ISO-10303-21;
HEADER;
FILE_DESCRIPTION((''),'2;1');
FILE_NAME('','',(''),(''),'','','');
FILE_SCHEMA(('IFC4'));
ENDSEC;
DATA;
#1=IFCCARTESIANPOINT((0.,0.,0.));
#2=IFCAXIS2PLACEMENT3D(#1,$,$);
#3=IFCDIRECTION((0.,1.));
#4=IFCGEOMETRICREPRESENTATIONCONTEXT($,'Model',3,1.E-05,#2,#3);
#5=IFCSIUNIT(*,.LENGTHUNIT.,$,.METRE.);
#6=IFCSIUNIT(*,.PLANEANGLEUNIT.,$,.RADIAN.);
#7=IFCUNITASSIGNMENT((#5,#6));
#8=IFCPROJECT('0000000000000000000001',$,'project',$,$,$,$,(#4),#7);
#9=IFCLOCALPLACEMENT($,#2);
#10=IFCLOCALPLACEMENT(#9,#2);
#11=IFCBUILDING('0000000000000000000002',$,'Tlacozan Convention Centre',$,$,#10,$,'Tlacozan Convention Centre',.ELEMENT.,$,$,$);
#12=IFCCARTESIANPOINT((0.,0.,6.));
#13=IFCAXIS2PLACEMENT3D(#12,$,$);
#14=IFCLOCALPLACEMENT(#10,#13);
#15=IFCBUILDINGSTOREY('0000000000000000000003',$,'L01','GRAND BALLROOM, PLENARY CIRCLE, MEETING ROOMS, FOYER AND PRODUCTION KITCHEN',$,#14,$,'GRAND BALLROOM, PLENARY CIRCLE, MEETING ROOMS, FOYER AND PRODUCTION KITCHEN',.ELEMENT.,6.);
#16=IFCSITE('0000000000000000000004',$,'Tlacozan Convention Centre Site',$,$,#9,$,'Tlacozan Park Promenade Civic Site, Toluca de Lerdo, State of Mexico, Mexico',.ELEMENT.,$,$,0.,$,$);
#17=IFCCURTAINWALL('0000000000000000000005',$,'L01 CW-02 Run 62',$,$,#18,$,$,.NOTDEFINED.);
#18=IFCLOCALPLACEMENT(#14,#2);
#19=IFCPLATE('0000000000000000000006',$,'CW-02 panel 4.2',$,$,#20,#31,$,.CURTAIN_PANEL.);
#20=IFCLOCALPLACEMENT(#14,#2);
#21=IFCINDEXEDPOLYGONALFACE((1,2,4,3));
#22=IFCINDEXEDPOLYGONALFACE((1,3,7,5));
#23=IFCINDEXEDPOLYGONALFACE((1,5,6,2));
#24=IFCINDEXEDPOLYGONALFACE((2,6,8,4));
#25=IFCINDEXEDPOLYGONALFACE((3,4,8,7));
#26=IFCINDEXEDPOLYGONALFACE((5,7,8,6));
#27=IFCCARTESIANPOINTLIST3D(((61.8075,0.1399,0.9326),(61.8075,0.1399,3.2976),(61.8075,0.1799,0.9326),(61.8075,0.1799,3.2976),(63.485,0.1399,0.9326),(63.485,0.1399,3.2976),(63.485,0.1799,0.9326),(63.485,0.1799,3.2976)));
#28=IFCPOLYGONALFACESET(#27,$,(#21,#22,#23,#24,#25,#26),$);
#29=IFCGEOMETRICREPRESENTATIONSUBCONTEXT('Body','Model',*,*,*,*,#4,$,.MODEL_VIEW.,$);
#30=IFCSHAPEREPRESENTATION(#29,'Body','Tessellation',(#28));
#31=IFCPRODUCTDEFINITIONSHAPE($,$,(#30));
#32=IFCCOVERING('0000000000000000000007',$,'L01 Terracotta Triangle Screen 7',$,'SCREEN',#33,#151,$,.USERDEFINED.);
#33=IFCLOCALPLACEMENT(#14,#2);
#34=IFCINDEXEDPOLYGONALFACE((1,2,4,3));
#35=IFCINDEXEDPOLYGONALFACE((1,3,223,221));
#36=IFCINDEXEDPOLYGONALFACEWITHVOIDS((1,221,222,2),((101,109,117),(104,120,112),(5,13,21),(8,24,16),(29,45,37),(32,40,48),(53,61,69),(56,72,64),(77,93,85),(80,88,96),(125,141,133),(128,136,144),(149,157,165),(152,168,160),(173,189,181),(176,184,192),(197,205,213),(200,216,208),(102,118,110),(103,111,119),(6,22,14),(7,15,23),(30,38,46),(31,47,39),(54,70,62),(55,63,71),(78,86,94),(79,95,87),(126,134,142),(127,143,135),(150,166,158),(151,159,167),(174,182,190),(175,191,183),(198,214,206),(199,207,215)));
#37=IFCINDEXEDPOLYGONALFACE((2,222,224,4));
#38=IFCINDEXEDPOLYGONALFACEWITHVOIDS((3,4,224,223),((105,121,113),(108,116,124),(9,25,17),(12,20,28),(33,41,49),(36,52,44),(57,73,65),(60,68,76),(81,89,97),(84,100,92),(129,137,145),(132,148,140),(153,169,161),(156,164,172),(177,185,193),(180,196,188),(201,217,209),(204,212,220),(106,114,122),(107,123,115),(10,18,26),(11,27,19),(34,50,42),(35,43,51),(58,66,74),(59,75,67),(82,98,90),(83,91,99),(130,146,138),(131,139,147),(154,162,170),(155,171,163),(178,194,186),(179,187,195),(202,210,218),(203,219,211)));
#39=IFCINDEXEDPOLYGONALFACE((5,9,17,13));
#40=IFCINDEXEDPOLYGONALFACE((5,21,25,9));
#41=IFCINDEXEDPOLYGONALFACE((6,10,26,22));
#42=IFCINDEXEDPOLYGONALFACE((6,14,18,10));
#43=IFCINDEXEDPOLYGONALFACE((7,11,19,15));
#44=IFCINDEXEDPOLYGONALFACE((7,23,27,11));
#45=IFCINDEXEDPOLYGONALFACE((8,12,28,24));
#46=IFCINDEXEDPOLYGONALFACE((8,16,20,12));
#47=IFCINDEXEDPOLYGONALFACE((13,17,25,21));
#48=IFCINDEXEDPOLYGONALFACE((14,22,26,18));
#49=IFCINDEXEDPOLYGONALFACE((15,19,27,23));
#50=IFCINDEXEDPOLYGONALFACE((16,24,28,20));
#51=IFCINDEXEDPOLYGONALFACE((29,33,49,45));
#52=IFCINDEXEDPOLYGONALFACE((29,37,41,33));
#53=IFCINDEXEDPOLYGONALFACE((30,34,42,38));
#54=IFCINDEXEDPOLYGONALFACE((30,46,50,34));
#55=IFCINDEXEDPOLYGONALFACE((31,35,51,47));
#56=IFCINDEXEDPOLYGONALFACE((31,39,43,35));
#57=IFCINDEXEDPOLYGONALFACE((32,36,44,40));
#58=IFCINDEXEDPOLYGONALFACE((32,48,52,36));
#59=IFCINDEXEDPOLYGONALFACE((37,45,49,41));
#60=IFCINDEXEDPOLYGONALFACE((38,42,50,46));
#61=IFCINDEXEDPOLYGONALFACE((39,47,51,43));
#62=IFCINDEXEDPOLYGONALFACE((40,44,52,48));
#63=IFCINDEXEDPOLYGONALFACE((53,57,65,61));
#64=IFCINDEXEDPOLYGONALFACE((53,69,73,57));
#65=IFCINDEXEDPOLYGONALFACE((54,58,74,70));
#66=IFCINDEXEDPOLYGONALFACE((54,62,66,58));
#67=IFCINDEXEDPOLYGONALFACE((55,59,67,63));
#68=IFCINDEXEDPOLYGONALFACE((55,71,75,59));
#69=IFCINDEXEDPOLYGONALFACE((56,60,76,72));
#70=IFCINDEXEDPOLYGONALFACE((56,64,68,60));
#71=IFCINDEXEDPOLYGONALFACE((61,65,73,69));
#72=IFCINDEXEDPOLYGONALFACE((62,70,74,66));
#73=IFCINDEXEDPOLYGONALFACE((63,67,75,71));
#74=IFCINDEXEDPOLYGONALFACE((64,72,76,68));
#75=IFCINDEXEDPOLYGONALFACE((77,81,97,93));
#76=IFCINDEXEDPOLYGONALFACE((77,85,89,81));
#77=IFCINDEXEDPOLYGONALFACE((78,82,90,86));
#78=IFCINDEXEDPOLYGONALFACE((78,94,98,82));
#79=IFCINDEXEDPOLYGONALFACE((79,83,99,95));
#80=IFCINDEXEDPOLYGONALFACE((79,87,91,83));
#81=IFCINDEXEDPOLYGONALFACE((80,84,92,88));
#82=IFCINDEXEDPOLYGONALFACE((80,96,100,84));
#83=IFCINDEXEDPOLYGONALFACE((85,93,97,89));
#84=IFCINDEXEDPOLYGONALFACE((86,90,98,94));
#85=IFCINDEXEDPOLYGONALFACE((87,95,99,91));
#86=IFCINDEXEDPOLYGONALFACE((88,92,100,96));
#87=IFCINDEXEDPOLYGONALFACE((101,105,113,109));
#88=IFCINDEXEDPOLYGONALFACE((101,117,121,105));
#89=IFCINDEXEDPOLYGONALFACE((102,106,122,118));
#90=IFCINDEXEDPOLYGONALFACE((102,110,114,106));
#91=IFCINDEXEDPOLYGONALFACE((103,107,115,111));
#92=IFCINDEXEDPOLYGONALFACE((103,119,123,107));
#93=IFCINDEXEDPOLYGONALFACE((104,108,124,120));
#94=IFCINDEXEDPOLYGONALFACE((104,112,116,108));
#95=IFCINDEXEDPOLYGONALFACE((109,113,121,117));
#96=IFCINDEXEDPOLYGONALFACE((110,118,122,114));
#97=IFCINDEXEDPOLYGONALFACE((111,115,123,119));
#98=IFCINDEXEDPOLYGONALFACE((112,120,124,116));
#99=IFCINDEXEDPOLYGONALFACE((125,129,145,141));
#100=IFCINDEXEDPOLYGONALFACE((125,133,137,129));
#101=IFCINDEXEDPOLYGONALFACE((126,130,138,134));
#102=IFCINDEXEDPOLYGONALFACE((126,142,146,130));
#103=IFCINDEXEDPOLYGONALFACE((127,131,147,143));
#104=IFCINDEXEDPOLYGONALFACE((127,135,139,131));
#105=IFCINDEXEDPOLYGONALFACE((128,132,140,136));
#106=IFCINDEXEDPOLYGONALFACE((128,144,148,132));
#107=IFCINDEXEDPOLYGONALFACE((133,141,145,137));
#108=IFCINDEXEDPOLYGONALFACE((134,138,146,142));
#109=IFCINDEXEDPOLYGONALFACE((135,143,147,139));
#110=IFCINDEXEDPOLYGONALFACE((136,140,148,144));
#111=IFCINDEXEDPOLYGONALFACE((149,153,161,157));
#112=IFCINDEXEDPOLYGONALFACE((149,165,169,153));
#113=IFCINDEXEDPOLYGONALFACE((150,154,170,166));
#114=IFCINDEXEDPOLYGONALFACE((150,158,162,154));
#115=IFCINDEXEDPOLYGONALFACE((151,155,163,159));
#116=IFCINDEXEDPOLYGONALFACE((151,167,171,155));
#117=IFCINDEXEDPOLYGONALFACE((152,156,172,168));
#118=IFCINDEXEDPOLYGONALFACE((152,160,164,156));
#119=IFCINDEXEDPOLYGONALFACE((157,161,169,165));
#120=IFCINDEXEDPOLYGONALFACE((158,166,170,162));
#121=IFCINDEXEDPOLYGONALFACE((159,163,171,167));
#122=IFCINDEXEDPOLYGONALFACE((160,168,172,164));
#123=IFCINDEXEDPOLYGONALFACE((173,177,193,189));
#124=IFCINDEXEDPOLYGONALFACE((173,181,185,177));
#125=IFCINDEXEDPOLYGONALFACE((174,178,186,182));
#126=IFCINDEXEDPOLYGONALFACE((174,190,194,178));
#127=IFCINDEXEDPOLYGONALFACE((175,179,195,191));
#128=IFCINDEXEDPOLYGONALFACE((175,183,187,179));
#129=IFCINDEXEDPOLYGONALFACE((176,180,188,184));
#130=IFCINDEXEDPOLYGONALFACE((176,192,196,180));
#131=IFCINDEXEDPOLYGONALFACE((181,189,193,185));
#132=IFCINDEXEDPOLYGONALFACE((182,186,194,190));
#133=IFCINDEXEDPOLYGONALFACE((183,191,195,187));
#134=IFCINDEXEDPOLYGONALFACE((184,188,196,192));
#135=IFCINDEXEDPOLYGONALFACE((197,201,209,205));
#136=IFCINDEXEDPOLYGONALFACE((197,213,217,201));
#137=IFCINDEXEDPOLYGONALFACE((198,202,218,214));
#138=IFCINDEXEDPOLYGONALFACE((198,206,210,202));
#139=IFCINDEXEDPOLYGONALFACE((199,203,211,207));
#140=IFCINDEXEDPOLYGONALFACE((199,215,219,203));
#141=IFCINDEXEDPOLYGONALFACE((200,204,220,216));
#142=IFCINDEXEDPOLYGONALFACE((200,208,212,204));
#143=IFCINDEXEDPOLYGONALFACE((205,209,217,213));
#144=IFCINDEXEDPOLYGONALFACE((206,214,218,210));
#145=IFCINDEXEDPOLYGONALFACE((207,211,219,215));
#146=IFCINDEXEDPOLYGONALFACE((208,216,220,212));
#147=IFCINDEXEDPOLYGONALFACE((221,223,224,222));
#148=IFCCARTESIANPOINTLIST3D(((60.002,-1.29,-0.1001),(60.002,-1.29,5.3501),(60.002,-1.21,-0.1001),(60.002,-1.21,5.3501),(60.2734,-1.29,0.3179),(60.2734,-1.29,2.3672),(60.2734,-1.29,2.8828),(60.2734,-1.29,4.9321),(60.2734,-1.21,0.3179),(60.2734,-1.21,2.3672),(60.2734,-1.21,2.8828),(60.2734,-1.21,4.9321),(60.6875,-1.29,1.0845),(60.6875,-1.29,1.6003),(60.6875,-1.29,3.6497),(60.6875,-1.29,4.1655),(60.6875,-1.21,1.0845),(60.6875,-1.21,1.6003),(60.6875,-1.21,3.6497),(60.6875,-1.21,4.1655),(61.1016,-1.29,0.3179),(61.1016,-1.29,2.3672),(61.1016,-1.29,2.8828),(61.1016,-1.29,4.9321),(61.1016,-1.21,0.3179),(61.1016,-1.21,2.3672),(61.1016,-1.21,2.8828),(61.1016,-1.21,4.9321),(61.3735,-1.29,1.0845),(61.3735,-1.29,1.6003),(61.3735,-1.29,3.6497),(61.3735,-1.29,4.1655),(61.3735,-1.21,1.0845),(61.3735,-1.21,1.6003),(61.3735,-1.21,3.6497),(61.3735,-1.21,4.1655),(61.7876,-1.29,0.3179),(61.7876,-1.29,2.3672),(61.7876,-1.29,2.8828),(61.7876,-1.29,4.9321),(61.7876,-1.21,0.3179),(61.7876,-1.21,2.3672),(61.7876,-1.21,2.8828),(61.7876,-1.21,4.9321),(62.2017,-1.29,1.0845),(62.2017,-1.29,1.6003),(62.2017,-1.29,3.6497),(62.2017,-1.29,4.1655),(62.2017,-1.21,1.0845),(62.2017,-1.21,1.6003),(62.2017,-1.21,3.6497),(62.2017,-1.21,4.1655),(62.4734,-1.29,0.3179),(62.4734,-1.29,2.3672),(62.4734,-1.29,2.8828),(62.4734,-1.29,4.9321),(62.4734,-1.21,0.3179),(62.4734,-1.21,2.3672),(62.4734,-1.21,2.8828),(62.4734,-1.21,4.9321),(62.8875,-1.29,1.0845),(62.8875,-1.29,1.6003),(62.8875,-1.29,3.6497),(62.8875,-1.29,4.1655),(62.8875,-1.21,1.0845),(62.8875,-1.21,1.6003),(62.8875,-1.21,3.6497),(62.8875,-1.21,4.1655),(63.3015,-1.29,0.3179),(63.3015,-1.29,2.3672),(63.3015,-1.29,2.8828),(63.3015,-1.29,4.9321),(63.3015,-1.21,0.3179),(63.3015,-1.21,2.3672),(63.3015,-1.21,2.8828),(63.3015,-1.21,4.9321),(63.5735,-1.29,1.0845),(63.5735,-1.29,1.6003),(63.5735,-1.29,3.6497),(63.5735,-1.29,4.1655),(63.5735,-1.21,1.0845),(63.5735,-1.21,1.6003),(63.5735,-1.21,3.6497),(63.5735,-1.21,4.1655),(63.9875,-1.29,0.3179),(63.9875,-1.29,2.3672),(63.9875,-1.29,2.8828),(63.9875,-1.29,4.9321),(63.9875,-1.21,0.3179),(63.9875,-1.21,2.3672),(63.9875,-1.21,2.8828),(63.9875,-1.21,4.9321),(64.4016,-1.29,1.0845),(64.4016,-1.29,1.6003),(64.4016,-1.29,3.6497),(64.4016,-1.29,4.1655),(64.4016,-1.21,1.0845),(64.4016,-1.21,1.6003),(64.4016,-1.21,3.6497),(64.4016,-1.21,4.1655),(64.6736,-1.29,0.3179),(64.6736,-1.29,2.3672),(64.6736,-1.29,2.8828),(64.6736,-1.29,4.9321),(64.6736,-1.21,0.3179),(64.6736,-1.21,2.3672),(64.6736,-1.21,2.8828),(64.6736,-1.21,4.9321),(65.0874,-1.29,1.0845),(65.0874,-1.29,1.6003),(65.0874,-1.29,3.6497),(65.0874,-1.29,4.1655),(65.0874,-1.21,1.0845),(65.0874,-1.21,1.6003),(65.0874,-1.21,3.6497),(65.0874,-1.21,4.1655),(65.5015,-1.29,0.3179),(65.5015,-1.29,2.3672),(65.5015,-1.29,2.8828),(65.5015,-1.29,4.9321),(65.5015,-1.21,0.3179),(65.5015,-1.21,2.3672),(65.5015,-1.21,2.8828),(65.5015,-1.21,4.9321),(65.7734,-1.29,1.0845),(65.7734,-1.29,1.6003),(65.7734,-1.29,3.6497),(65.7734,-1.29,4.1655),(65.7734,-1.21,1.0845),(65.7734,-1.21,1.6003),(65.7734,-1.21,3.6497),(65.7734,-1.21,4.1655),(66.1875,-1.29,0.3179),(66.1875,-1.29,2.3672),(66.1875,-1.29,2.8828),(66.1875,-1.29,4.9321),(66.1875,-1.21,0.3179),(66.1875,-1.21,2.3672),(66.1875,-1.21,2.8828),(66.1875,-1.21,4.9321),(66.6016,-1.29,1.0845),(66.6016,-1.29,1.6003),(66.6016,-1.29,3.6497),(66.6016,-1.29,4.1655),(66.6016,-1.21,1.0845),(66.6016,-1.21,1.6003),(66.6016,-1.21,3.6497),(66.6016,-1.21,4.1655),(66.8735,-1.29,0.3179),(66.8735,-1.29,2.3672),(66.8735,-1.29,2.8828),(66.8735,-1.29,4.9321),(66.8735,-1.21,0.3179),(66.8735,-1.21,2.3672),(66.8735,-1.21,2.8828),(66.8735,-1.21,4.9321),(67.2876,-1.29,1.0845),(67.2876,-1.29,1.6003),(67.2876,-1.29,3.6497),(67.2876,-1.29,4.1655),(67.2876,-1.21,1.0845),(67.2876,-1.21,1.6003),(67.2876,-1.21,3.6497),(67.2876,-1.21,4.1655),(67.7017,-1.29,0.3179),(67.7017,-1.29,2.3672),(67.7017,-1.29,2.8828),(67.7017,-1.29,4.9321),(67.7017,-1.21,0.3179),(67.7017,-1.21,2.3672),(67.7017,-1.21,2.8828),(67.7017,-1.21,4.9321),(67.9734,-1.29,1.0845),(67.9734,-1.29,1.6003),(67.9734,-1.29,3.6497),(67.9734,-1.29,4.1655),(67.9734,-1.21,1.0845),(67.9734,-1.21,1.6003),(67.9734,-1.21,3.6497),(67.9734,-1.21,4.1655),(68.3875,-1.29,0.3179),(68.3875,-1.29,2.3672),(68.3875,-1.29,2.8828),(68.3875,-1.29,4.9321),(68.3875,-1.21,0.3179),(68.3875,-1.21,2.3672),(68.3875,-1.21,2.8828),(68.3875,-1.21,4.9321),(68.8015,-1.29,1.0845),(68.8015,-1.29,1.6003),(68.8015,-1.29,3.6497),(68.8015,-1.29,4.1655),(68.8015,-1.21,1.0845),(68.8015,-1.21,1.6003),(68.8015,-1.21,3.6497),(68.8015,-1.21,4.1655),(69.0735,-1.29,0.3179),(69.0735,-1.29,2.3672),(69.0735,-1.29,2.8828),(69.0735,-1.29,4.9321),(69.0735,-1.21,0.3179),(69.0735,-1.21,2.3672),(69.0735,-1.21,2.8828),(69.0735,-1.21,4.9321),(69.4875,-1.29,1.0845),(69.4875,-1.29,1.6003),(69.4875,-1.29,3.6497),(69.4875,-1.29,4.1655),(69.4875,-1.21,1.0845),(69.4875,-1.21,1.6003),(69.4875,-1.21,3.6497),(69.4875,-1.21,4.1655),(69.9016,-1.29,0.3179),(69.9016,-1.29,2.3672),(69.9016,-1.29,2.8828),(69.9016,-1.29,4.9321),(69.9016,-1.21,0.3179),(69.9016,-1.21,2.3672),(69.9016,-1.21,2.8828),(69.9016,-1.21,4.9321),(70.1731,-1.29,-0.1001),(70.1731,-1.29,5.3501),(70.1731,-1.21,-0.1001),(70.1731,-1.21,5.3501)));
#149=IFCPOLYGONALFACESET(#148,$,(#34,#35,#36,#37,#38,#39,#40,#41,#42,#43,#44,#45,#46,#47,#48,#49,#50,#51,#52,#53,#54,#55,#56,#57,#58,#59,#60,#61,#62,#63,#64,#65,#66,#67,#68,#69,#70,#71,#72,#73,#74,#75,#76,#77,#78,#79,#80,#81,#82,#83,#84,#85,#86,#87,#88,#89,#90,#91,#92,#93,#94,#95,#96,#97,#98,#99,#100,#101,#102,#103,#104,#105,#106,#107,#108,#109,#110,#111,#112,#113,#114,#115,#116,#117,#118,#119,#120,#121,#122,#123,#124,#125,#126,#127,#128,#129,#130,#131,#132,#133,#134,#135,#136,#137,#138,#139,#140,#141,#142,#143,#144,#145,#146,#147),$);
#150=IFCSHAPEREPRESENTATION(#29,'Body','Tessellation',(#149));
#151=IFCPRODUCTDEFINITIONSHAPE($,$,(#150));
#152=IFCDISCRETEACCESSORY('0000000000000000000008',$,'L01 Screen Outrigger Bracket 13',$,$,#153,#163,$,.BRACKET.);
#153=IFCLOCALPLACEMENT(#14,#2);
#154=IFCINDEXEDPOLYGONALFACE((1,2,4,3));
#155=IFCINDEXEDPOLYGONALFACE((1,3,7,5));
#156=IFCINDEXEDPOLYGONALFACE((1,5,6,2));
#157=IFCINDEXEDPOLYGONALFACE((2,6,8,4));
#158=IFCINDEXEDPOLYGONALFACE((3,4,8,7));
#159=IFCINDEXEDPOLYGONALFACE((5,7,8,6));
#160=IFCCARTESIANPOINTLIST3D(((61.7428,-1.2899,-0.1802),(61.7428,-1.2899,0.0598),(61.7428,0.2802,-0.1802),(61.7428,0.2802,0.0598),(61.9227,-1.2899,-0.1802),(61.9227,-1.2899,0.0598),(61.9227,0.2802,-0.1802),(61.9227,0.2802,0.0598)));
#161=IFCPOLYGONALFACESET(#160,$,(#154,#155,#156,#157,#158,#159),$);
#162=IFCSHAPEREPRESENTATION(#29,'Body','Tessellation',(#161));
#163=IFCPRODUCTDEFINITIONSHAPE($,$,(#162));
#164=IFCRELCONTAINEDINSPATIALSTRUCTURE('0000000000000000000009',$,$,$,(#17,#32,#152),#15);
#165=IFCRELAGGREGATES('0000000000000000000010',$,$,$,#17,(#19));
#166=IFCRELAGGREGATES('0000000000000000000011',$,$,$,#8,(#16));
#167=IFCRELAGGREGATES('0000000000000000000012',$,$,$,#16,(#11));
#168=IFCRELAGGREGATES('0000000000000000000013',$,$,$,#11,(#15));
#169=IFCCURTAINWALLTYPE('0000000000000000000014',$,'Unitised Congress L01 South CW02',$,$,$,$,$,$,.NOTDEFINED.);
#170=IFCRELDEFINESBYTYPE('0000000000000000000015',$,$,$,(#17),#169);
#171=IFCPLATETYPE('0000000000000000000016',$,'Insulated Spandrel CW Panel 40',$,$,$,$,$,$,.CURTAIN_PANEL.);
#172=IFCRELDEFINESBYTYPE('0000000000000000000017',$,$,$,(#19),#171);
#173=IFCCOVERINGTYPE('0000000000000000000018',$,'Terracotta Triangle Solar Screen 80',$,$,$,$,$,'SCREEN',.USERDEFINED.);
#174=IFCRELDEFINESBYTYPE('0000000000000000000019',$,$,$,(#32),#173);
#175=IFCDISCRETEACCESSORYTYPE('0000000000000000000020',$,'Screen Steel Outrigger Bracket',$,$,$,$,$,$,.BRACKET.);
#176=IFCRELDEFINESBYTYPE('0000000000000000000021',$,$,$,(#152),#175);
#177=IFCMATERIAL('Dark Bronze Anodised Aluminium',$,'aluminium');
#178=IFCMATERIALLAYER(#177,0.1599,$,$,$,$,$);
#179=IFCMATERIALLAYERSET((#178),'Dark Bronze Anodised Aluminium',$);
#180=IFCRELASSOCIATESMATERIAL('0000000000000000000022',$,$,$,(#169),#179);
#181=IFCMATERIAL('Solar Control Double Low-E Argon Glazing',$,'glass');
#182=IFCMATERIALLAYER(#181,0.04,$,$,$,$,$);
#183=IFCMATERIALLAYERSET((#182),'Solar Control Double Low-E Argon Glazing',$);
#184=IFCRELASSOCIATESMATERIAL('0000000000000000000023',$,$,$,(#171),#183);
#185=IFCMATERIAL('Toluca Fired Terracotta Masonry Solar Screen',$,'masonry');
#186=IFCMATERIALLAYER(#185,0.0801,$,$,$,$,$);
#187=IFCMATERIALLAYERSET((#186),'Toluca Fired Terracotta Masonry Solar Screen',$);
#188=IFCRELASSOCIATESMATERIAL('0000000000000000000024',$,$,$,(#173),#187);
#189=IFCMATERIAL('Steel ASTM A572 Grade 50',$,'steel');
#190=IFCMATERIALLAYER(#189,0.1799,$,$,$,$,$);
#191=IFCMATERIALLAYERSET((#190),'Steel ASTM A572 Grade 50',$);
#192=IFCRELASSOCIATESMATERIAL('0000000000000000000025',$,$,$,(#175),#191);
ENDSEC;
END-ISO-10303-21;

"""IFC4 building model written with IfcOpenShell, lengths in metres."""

from ifc_helpers import new_model, si_unit, direction, frame, origin, origin_2d, place, context, subcontext, project, spatial, polyline, rectangle, outline, extrude, material, layer, layer_set, type_object, element, aggregate, save


model = new_model("IFC4")

# Units and contexts
model_context = context("Model", 3, precision=1e-05, world=origin(), true_north=direction((0.0, 1.0)))
body_context = subcontext(model_context, "Body", "Model", "MODEL_VIEW")
ifc_project = project(units=[si_unit("LENGTHUNIT", "METRE"), si_unit("PLANEANGLEUNIT", "RADIAN")], contexts=[model_context])

# Site, building, storey
site_placement = place(None, origin())
site = spatial("IfcSite", under=ifc_project, at=site_placement, Name="Tlacozan Convention Centre Site", LongName="Tlacozan Park Promenade Civic Site, Toluca de Lerdo, State of Mexico, Mexico", CompositionType="ELEMENT", RefElevation=0.0)
building_placement = place(site_placement, origin())
building = spatial("IfcBuilding", under=site, at=building_placement, Name="Tlacozan Convention Centre", LongName="Tlacozan Convention Centre", CompositionType="ELEMENT")
storey_placement = place(building_placement, frame((0.0, 0.0, 6.0)))
storey = spatial("IfcBuildingStorey", under=building, at=storey_placement, Name="L01", Description="GRAND BALLROOM, PLENARY CIRCLE, MEETING ROOMS, FOYER AND PRODUCTION KITCHEN", LongName="GRAND BALLROOM, PLENARY CIRCLE, MEETING ROOMS, FOYER AND PRODUCTION KITCHEN", CompositionType="ELEMENT", Elevation=6.0)

# Curtain wall
ifc_material_1 = material(Name="Dark Bronze Anodised Aluminium", Category="aluminium")
ifc_layer_1 = layer(ifc_material_1, 0.1599)
ifc_layer_set_1 = layer_set([ifc_layer_1], Name="Dark Bronze Anodised Aluminium")
curtain_wall_type = type_object("IfcCurtainWallType", Name="Unitised Congress L01 South CW02", PredefinedType="NOTDEFINED", material=ifc_layer_set_1)
curtain_wall_placement = place(storey_placement, origin())
curtain_wall = element("IfcCurtainWall", 1, at=curtain_wall_placement, inside=storey, type_object=curtain_wall_type, Name="L01 CW-02 Run 62", PredefinedType="NOTDEFINED")

# Plate
ifc_material_2 = material(Name="Solar Control Double Low-E Argon Glazing", Category="glass")
ifc_layer_2 = layer(ifc_material_2, 0.04)
ifc_layer_set_2 = layer_set([ifc_layer_2], Name="Solar Control Double Low-E Argon Glazing")
plate_type = type_object("IfcPlateType", Name="Insulated Spandrel CW Panel 40", PredefinedType="CURTAIN_PANEL", material=ifc_layer_set_2)
plate_1_placement = place(storey_placement, frame((62.6462, 0.1599, 0.9326), z_axis=(0.0, 0.0, 1.0), x_axis=(1.0, 0.0, 0.0)))
plate_1 = element("IfcPlate", 2, at=plate_1_placement, type_object=plate_type, Name="CW-02 panel 4.2", PredefinedType="CURTAIN_PANEL", context=body_context, shape_type="SweptSolid", body=[
    extrude(rectangle(XDim=1.6775, YDim=0.04, at=origin_2d()), origin(), (0.0, 0.0, 1.0), 2.365),
])
aggregate(curtain_wall, [plate_1])

# Covering
ifc_material_3 = material(Name="Toluca Fired Terracotta Masonry Solar Screen", Category="masonry")
ifc_layer_3 = layer(ifc_material_3, 0.0801)
ifc_layer_set_3 = layer_set([ifc_layer_3], Name="Toluca Fired Terracotta Masonry Solar Screen")
covering_type = type_object("IfcCoveringType", Name="Terracotta Triangle Solar Screen 80", ElementType="SCREEN", PredefinedType="USERDEFINED", material=ifc_layer_set_3)
covering_placement = place(storey_placement, frame((60.002, -1.25, -0.1001), z_axis=(0.0, 0.0, 1.0), x_axis=(1.0, 0.0, 0.0)))
element("IfcCovering", 3, at=covering_placement, inside=storey, type_object=covering_type, Name="L01 Terracotta Triangle Screen 7", ObjectType="SCREEN", PredefinedType="USERDEFINED", context=body_context, shape_type="SweptSolid", body=[
    extrude(outline(polyline([(0.0, 0.0), (10.1711, 0.0), (10.1711, 5.4502), (0.0, 5.4502), (0.0, 0.0)]), holes=[polyline([(0.2715, 0.418), (1.0996, 0.418), (0.6855, 1.1846), (0.2715, 0.418)]), polyline([(1.3716, 1.1846), (2.1997, 1.1846), (1.7856, 0.418), (1.3716, 1.1846)]), polyline([(2.4714, 0.418), (3.2996, 0.418), (2.8855, 1.1846), (2.4714, 0.418)]), polyline([(3.5715, 1.1846), (4.3997, 1.1846), (3.9856, 0.418), (3.5715, 1.1846)]), polyline([(4.6716, 0.418), (5.4995, 0.418), (5.0854, 1.1846), (4.6716, 0.418)]), polyline([(5.7715, 1.1846), (6.5996, 1.1846), (6.1855, 0.418), (5.7715, 1.1846)]), polyline([(6.8716, 0.418), (7.6997, 0.418), (7.2856, 1.1846), (6.8716, 0.418)]), polyline([(7.9714, 1.1846), (8.7996, 1.1846), (8.3855, 0.418), (7.9714, 1.1846)]), polyline([(9.0715, 0.418), (9.8997, 0.418), (9.4856, 1.1846), (9.0715, 0.418)]), polyline([(0.2715, 2.4673), (1.0996, 2.4673), (0.6855, 1.7004), (0.2715, 2.4673)]), polyline([(1.3716, 1.7004), (2.1997, 1.7004), (1.7856, 2.4673), (1.3716, 1.7004)]), polyline([(2.4714, 2.4673), (3.2996, 2.4673), (2.8855, 1.7004), (2.4714, 2.4673)]), polyline([(3.5715, 1.7004), (4.3997, 1.7004), (3.9856, 2.4673), (3.5715, 1.7004)]), polyline([(4.6716, 2.4673), (5.4995, 2.4673), (5.0854, 1.7004), (4.6716, 2.4673)]), polyline([(5.7715, 1.7004), (6.5996, 1.7004), (6.1855, 2.4673), (5.7715, 1.7004)]), polyline([(6.8716, 2.4673), (7.6997, 2.4673), (7.2856, 1.7004), (6.8716, 2.4673)]), polyline([(7.9714, 1.7004), (8.7996, 1.7004), (8.3855, 2.4673), (7.9714, 1.7004)]), polyline([(9.0715, 2.4673), (9.8997, 2.4673), (9.4856, 1.7004), (9.0715, 2.4673)]), polyline([(0.2715, 2.9829), (1.0996, 2.9829), (0.6855, 3.7498), (0.2715, 2.9829)]), polyline([(1.3716, 3.7498), (2.1997, 3.7498), (1.7856, 2.9829), (1.3716, 3.7498)]), polyline([(2.4714, 2.9829), (3.2996, 2.9829), (2.8855, 3.7498), (2.4714, 2.9829)]), polyline([(3.5715, 3.7498), (4.3997, 3.7498), (3.9856, 2.9829), (3.5715, 3.7498)]), polyline([(4.6716, 2.9829), (5.4995, 2.9829), (5.0854, 3.7498), (4.6716, 2.9829)]), polyline([(5.7715, 3.7498), (6.5996, 3.7498), (6.1855, 2.9829), (5.7715, 3.7498)]), polyline([(6.8716, 2.9829), (7.6997, 2.9829), (7.2856, 3.7498), (6.8716, 2.9829)]), polyline([(7.9714, 3.7498), (8.7996, 3.7498), (8.3855, 2.9829), (7.9714, 3.7498)]), polyline([(9.0715, 2.9829), (9.8997, 2.9829), (9.4856, 3.7498), (9.0715, 2.9829)]), polyline([(0.2715, 5.0322), (1.0996, 5.0322), (0.6855, 4.2656), (0.2715, 5.0322)]), polyline([(1.3716, 4.2656), (2.1997, 4.2656), (1.7856, 5.0322), (1.3716, 4.2656)]), polyline([(2.4714, 5.0322), (3.2996, 5.0322), (2.8855, 4.2656), (2.4714, 5.0322)]), polyline([(3.5715, 4.2656), (4.3997, 4.2656), (3.9856, 5.0322), (3.5715, 4.2656)]), polyline([(4.6716, 5.0322), (5.4995, 5.0322), (5.0854, 4.2656), (4.6716, 5.0322)]), polyline([(5.7715, 4.2656), (6.5996, 4.2656), (6.1855, 5.0322), (5.7715, 4.2656)]), polyline([(6.8716, 5.0322), (7.6997, 5.0322), (7.2856, 4.2656), (6.8716, 5.0322)]), polyline([(7.9714, 4.2656), (8.7996, 4.2656), (8.3855, 5.0322), (7.9714, 4.2656)]), polyline([(9.0715, 5.0322), (9.8997, 5.0322), (9.4856, 4.2656), (9.0715, 5.0322)])]), frame((0.0, 0.04, 0.0), z_axis=(0.0, -1.0, 0.0), x_axis=(1.0, 0.0, 0.0)), (0.0, 0.0, 1.0), 0.0801),
])

# Discrete accessory
ifc_material_4 = material(Name="Steel ASTM A572 Grade 50", Category="steel")
ifc_layer_4 = layer(ifc_material_4, 0.1799)
ifc_layer_set_4 = layer_set([ifc_layer_4], Name="Steel ASTM A572 Grade 50")
discrete_accessory_type = type_object("IfcDiscreteAccessoryType", Name="Screen Steel Outrigger Bracket", PredefinedType="BRACKET", material=ifc_layer_set_4)
discrete_accessory_placement = place(storey_placement, frame((61.8328, -0.5049, -0.1802), z_axis=(0.0, 0.0, 1.0), x_axis=(0.0, 1.0, 0.0)))
element("IfcDiscreteAccessory", 4, at=discrete_accessory_placement, inside=storey, type_object=discrete_accessory_type, Name="L01 Screen Outrigger Bracket 13", PredefinedType="BRACKET", context=body_context, shape_type="SweptSolid", body=[
    extrude(rectangle(XDim=1.5701, YDim=0.1799, at=origin_2d()), origin(), (0.0, 0.0, 1.0), 0.24),
])

save(model, "model.ifc")
